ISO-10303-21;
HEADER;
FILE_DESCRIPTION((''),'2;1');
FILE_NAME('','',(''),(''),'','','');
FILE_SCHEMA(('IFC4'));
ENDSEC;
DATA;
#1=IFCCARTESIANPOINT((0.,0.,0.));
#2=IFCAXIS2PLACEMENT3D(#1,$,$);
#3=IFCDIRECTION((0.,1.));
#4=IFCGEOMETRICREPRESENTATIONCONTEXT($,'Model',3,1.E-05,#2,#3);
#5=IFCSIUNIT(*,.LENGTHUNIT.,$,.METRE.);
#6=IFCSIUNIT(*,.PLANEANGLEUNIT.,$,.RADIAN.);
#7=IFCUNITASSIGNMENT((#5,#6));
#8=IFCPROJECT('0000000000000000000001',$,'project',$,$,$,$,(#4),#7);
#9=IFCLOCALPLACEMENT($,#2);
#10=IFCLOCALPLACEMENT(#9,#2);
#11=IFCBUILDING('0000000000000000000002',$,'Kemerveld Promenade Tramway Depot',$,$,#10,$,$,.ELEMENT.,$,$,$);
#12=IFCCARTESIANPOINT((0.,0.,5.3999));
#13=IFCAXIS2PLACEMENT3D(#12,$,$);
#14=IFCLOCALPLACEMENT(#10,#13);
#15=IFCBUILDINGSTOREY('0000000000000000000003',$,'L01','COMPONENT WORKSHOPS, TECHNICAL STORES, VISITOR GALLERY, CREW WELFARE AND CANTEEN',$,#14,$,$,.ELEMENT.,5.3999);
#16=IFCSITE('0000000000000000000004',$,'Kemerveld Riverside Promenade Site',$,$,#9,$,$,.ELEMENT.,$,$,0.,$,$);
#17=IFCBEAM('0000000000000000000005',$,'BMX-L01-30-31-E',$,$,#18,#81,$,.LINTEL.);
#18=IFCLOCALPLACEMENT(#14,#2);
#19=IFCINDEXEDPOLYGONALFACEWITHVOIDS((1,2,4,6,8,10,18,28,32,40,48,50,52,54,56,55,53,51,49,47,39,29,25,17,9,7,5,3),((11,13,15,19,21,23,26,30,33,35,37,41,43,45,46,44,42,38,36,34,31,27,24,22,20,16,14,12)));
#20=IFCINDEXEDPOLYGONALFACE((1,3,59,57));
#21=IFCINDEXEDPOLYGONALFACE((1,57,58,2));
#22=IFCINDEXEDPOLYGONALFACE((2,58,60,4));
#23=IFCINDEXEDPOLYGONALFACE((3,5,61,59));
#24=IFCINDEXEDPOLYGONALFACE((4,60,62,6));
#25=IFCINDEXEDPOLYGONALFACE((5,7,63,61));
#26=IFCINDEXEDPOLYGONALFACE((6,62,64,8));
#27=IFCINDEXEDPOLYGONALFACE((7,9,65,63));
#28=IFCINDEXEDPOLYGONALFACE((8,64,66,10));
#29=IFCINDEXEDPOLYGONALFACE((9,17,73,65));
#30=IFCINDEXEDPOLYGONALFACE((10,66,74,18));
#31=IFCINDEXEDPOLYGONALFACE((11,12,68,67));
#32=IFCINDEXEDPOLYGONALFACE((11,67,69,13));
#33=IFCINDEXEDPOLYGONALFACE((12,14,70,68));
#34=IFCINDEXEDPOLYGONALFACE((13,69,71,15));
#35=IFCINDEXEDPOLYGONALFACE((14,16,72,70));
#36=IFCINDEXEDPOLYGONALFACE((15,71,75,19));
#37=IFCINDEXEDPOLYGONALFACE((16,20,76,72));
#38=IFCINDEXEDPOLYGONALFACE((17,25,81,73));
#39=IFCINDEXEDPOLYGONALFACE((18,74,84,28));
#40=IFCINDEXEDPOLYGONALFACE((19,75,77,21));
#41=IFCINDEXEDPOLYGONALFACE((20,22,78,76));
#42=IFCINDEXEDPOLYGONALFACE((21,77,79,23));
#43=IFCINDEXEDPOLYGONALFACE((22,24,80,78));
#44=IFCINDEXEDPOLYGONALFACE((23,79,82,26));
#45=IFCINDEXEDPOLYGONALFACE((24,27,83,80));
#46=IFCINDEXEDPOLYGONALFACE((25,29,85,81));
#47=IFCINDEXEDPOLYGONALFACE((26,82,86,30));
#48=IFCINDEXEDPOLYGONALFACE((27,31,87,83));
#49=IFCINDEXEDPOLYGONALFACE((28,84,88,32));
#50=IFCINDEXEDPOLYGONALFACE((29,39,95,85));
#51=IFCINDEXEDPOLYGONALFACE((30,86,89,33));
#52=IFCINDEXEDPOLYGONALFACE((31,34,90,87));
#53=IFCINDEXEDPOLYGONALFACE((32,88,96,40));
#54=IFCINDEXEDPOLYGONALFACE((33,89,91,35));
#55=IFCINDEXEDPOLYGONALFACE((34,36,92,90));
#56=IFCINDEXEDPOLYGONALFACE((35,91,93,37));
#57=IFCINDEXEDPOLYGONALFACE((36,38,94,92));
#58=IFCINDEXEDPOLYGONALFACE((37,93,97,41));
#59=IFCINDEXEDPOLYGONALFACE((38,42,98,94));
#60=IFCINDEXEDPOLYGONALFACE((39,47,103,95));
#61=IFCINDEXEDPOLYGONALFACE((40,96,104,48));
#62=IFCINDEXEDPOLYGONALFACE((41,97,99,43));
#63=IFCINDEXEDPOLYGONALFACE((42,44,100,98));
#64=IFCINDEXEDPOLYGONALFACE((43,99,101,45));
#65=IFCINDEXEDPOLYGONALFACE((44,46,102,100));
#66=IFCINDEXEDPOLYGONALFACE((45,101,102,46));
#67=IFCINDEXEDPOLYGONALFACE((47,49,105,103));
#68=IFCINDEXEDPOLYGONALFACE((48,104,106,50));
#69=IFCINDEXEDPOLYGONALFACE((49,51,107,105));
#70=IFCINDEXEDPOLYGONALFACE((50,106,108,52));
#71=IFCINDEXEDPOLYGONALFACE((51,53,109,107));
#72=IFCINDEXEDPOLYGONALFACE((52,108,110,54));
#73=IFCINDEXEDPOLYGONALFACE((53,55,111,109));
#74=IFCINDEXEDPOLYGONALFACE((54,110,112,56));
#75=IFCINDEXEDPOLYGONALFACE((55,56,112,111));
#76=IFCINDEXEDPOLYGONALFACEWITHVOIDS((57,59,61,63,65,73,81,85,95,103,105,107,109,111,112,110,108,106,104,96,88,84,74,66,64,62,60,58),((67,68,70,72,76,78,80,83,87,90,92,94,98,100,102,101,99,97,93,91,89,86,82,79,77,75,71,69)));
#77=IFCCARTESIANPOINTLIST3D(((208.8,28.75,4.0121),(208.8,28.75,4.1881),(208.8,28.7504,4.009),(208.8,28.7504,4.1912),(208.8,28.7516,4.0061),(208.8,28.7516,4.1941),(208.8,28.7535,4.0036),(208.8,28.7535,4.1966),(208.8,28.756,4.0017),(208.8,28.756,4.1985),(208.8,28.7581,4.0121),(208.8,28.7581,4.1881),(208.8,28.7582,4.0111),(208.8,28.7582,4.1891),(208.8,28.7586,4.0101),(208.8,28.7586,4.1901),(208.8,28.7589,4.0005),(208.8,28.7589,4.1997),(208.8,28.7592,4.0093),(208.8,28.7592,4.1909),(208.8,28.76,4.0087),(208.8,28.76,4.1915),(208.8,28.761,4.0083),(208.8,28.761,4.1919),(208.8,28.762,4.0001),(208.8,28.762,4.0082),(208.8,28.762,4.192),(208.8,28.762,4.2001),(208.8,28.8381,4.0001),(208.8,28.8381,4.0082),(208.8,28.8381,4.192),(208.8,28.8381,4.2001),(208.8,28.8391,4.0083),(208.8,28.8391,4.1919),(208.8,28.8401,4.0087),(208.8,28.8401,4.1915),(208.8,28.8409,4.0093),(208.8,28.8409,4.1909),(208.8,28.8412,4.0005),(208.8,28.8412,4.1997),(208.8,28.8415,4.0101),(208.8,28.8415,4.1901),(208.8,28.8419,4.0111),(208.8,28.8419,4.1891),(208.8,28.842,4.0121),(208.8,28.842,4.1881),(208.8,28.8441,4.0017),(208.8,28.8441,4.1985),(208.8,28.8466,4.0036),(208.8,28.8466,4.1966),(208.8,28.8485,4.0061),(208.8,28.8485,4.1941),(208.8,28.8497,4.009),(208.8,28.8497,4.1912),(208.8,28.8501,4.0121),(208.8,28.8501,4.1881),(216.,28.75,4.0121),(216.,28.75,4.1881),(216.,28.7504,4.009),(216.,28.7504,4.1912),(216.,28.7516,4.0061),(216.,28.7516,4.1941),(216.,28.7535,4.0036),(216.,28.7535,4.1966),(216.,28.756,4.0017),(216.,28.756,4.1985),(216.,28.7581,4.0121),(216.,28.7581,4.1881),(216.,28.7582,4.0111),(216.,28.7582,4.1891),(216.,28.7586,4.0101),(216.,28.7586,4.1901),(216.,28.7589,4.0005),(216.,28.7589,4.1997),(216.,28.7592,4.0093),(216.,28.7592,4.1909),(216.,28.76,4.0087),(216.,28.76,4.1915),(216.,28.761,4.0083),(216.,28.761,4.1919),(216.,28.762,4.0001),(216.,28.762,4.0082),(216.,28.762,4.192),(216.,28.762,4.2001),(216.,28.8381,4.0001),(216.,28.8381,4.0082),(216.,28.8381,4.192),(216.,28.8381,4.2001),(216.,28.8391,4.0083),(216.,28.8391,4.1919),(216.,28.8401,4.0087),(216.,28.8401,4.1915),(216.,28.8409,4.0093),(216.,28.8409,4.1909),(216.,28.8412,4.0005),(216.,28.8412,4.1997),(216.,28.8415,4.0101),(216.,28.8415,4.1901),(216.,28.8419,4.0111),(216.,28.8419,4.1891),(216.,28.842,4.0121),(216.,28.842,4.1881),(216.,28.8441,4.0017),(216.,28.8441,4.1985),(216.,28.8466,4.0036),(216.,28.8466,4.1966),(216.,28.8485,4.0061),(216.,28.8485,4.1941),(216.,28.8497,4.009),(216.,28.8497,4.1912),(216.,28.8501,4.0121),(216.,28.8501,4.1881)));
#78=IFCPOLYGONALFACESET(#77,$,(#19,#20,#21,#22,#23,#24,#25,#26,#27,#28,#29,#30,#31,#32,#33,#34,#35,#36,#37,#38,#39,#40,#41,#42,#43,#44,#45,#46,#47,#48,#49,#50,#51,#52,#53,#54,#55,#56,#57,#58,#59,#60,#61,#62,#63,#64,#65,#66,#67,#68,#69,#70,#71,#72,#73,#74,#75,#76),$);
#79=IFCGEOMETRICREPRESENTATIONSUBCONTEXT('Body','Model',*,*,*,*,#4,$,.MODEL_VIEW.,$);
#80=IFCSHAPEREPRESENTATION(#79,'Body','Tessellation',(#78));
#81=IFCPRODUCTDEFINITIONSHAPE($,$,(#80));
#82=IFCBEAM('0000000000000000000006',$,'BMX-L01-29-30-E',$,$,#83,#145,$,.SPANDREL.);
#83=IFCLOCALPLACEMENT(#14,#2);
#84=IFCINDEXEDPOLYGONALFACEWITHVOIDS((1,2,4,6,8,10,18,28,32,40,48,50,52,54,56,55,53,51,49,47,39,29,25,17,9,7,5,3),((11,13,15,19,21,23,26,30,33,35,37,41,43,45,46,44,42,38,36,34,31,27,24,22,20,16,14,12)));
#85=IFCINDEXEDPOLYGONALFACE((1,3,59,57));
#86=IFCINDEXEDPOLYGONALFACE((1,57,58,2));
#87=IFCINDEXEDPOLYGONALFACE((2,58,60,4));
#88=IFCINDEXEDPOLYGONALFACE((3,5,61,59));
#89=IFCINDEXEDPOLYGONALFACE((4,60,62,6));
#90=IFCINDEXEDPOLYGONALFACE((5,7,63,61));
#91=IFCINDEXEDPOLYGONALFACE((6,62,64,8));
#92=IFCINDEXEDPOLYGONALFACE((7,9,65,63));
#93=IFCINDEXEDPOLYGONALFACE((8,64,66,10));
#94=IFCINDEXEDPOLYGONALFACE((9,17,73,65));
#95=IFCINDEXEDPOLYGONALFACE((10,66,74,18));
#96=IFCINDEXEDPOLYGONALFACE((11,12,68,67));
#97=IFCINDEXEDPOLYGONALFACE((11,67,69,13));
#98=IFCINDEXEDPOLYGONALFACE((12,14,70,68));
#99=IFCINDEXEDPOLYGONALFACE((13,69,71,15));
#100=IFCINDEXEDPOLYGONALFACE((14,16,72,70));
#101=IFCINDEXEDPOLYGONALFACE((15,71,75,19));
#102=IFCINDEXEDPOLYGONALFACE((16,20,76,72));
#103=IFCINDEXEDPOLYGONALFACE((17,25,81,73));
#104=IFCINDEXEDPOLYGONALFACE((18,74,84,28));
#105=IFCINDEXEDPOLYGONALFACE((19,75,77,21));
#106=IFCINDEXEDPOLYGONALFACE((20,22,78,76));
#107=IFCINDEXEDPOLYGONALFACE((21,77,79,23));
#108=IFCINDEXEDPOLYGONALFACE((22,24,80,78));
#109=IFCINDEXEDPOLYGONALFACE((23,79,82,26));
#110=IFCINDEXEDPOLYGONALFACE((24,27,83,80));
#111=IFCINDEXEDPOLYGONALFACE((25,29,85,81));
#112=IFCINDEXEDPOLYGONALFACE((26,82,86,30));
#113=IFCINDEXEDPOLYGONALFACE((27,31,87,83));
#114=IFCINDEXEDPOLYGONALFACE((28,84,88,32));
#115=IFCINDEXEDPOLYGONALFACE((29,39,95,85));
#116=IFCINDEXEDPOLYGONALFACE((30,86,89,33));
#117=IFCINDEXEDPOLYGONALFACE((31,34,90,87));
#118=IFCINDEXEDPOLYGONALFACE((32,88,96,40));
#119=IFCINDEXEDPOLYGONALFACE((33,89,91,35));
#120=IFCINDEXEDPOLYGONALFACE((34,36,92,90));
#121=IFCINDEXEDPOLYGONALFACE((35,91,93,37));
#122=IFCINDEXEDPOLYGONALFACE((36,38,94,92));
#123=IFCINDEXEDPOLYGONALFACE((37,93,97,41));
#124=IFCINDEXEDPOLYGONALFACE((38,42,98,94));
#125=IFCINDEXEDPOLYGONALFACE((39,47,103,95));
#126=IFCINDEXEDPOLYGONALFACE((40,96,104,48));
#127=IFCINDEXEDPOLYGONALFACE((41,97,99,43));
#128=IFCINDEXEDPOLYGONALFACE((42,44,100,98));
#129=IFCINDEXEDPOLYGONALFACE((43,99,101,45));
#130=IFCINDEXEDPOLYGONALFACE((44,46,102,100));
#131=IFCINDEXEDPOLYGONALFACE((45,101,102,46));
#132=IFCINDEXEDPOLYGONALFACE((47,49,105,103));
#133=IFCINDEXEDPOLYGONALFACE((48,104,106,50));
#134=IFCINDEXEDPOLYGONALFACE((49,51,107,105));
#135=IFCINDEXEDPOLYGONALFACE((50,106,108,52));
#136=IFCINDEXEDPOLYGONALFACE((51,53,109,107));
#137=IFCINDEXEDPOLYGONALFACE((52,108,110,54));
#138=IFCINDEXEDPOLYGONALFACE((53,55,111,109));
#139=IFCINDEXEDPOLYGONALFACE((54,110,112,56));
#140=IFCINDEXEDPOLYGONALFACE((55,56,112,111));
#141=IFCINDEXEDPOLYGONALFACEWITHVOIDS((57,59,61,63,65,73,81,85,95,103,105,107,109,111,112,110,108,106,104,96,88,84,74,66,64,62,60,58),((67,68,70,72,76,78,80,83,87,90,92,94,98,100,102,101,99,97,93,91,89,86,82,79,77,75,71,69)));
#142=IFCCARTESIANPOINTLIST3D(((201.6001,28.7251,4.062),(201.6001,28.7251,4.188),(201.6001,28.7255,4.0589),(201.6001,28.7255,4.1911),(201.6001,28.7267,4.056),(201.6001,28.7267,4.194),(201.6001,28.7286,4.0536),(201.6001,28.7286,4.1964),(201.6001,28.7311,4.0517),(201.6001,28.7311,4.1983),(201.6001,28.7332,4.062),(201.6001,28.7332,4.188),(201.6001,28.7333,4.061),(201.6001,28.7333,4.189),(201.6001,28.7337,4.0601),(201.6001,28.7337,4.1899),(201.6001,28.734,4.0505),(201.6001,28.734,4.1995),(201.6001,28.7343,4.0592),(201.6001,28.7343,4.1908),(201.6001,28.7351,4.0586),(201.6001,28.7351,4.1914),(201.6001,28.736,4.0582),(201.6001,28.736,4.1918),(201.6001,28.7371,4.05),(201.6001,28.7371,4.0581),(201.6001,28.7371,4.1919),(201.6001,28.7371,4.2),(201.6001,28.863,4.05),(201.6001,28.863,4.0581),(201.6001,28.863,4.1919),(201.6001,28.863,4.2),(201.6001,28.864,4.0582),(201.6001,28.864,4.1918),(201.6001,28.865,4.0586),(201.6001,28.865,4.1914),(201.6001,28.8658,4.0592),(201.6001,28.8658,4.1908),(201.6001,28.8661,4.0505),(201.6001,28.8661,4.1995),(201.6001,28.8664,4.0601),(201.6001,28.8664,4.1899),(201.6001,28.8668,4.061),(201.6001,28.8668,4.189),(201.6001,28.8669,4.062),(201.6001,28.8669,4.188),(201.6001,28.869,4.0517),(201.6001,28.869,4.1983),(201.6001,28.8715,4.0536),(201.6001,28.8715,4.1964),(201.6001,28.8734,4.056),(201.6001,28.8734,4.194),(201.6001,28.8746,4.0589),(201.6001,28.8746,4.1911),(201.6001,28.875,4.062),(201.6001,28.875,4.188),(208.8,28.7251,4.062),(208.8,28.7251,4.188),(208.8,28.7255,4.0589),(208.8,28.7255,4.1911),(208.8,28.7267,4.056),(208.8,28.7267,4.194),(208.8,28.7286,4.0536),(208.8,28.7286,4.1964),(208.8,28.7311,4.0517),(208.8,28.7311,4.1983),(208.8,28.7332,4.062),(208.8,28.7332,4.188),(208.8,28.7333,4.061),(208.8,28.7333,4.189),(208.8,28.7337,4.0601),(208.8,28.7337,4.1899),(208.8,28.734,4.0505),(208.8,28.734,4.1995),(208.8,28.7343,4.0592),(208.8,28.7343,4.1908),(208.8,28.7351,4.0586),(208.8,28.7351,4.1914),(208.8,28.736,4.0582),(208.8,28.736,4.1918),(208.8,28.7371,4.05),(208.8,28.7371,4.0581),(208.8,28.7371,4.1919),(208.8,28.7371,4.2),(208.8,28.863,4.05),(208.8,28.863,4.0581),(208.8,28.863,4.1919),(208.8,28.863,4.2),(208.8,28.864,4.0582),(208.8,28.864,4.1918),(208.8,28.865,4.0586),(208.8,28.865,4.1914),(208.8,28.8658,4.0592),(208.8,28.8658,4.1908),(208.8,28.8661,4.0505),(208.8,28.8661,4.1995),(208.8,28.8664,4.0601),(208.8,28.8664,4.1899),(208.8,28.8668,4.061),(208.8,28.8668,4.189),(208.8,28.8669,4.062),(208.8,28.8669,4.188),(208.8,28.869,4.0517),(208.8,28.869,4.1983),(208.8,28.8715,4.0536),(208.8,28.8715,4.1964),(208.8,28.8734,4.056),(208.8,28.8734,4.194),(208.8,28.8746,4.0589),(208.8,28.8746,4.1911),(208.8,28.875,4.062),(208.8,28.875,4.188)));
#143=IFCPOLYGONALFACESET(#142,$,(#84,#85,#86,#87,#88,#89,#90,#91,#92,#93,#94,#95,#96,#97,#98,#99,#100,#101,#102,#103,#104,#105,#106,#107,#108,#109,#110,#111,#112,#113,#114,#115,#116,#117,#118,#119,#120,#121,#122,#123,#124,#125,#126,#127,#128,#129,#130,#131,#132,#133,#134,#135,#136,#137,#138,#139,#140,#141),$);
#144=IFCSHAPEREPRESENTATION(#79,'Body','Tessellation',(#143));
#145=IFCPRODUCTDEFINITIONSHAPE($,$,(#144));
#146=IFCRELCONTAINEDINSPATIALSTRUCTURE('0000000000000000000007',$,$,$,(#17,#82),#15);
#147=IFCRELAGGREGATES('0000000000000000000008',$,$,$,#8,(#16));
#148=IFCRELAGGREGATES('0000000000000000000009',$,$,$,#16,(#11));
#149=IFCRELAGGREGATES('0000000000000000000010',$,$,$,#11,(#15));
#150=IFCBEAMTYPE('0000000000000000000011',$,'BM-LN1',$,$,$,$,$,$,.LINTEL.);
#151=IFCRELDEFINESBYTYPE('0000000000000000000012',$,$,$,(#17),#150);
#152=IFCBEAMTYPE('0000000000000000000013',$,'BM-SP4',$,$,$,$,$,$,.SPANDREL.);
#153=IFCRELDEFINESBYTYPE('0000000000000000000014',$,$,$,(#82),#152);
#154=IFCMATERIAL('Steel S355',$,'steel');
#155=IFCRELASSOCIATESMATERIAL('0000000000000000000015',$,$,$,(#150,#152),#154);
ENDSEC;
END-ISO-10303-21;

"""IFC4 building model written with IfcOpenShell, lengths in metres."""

from ifc_helpers import new_model, si_unit, direction, frame, origin, origin_2d, place, context, subcontext, project, spatial, hollow_rectangle, extrude, material, material_profile, profile_set, type_object, element, save


model = new_model("IFC4")

# Units and contexts
model_context = context("Model", 3, precision=1e-05, world=origin(), true_north=direction((0.0, 1.0)))
body_context = subcontext(model_context, "Body", "Model", "MODEL_VIEW")
ifc_project = project(units=[si_unit("LENGTHUNIT", "METRE"), si_unit("PLANEANGLEUNIT", "RADIAN")], contexts=[model_context])

# Site, building, storey
site_placement = place(None, origin())
site = spatial("IfcSite", under=ifc_project, at=site_placement, Name="Kemerveld Riverside Promenade Site", CompositionType="ELEMENT", RefElevation=0.0)
building_placement = place(site_placement, origin())
building = spatial("IfcBuilding", under=site, at=building_placement, Name="Kemerveld Promenade Tramway Depot", CompositionType="ELEMENT")
storey_placement = place(building_placement, frame((0.0, 0.0, 5.3999)))
storey = spatial("IfcBuildingStorey", under=building, at=storey_placement, Name="L01", Description="COMPONENT WORKSHOPS, TECHNICAL STORES, VISITOR GALLERY, CREW WELFARE AND CANTEEN", CompositionType="ELEMENT", Elevation=5.3999)

# Shared definitions
ifc_material_1 = material(Name="Steel S355", Category="steel")

# Beams
ifc_material_profile_1 = material_profile(ifc_material_1, hollow_rectangle(XDim=0.1001, YDim=0.2, WallThickness=0.0081, InnerFilletRadius=0.0039, OuterFilletRadius=0.012, at=origin_2d()), Name="200x100x8.0 RHS")
ifc_profile_set_1 = profile_set([ifc_material_profile_1], Name="Steel S355")
beam_type_1 = type_object("IfcBeamType", Name="BM-LN1", PredefinedType="LINTEL", material=ifc_profile_set_1)
beam_1_placement = place(storey_placement, frame((208.8, 28.8, 4.1001), z_axis=(1.0, 0.0, 0.0), x_axis=(0.0, 1.0, 0.0)))
element("IfcBeam", 1, at=beam_1_placement, inside=storey, type_object=beam_type_1, Name="BMX-L01-30-31-E", PredefinedType="LINTEL", context=body_context, shape_type="SweptSolid", body=[
    extrude(hollow_rectangle(XDim=0.1001, YDim=0.2, WallThickness=0.0081, InnerFilletRadius=0.0039, OuterFilletRadius=0.012, at=origin_2d()), origin(), (0.0, 0.0, 1.0), 7.2),
])
ifc_material_profile_2 = material_profile(ifc_material_1, hollow_rectangle(XDim=0.1499, YDim=0.1499, WallThickness=0.0081, InnerFilletRadius=0.0039, OuterFilletRadius=0.012, at=origin_2d()), Name="150x150x8.0 SHS")
ifc_profile_set_2 = profile_set([ifc_material_profile_2], Name="Steel S355")
beam_type_2 = type_object("IfcBeamType", Name="BM-SP4", PredefinedType="SPANDREL", material=ifc_profile_set_2)
beam_2_placement = place(storey_placement, frame((201.6001, 28.8, 4.125), z_axis=(1.0, 0.0, 0.0), x_axis=(0.0, 1.0, 0.0)))
element("IfcBeam", 2, at=beam_2_placement, inside=storey, type_object=beam_type_2, Name="BMX-L01-29-30-E", PredefinedType="SPANDREL", context=body_context, shape_type="SweptSolid", body=[
    extrude(hollow_rectangle(XDim=0.1499, YDim=0.1499, WallThickness=0.0081, InnerFilletRadius=0.0039, OuterFilletRadius=0.012, at=origin_2d()), origin(), (0.0, 0.0, 1.0), 7.2),
])

save(model, "model.ifc")
